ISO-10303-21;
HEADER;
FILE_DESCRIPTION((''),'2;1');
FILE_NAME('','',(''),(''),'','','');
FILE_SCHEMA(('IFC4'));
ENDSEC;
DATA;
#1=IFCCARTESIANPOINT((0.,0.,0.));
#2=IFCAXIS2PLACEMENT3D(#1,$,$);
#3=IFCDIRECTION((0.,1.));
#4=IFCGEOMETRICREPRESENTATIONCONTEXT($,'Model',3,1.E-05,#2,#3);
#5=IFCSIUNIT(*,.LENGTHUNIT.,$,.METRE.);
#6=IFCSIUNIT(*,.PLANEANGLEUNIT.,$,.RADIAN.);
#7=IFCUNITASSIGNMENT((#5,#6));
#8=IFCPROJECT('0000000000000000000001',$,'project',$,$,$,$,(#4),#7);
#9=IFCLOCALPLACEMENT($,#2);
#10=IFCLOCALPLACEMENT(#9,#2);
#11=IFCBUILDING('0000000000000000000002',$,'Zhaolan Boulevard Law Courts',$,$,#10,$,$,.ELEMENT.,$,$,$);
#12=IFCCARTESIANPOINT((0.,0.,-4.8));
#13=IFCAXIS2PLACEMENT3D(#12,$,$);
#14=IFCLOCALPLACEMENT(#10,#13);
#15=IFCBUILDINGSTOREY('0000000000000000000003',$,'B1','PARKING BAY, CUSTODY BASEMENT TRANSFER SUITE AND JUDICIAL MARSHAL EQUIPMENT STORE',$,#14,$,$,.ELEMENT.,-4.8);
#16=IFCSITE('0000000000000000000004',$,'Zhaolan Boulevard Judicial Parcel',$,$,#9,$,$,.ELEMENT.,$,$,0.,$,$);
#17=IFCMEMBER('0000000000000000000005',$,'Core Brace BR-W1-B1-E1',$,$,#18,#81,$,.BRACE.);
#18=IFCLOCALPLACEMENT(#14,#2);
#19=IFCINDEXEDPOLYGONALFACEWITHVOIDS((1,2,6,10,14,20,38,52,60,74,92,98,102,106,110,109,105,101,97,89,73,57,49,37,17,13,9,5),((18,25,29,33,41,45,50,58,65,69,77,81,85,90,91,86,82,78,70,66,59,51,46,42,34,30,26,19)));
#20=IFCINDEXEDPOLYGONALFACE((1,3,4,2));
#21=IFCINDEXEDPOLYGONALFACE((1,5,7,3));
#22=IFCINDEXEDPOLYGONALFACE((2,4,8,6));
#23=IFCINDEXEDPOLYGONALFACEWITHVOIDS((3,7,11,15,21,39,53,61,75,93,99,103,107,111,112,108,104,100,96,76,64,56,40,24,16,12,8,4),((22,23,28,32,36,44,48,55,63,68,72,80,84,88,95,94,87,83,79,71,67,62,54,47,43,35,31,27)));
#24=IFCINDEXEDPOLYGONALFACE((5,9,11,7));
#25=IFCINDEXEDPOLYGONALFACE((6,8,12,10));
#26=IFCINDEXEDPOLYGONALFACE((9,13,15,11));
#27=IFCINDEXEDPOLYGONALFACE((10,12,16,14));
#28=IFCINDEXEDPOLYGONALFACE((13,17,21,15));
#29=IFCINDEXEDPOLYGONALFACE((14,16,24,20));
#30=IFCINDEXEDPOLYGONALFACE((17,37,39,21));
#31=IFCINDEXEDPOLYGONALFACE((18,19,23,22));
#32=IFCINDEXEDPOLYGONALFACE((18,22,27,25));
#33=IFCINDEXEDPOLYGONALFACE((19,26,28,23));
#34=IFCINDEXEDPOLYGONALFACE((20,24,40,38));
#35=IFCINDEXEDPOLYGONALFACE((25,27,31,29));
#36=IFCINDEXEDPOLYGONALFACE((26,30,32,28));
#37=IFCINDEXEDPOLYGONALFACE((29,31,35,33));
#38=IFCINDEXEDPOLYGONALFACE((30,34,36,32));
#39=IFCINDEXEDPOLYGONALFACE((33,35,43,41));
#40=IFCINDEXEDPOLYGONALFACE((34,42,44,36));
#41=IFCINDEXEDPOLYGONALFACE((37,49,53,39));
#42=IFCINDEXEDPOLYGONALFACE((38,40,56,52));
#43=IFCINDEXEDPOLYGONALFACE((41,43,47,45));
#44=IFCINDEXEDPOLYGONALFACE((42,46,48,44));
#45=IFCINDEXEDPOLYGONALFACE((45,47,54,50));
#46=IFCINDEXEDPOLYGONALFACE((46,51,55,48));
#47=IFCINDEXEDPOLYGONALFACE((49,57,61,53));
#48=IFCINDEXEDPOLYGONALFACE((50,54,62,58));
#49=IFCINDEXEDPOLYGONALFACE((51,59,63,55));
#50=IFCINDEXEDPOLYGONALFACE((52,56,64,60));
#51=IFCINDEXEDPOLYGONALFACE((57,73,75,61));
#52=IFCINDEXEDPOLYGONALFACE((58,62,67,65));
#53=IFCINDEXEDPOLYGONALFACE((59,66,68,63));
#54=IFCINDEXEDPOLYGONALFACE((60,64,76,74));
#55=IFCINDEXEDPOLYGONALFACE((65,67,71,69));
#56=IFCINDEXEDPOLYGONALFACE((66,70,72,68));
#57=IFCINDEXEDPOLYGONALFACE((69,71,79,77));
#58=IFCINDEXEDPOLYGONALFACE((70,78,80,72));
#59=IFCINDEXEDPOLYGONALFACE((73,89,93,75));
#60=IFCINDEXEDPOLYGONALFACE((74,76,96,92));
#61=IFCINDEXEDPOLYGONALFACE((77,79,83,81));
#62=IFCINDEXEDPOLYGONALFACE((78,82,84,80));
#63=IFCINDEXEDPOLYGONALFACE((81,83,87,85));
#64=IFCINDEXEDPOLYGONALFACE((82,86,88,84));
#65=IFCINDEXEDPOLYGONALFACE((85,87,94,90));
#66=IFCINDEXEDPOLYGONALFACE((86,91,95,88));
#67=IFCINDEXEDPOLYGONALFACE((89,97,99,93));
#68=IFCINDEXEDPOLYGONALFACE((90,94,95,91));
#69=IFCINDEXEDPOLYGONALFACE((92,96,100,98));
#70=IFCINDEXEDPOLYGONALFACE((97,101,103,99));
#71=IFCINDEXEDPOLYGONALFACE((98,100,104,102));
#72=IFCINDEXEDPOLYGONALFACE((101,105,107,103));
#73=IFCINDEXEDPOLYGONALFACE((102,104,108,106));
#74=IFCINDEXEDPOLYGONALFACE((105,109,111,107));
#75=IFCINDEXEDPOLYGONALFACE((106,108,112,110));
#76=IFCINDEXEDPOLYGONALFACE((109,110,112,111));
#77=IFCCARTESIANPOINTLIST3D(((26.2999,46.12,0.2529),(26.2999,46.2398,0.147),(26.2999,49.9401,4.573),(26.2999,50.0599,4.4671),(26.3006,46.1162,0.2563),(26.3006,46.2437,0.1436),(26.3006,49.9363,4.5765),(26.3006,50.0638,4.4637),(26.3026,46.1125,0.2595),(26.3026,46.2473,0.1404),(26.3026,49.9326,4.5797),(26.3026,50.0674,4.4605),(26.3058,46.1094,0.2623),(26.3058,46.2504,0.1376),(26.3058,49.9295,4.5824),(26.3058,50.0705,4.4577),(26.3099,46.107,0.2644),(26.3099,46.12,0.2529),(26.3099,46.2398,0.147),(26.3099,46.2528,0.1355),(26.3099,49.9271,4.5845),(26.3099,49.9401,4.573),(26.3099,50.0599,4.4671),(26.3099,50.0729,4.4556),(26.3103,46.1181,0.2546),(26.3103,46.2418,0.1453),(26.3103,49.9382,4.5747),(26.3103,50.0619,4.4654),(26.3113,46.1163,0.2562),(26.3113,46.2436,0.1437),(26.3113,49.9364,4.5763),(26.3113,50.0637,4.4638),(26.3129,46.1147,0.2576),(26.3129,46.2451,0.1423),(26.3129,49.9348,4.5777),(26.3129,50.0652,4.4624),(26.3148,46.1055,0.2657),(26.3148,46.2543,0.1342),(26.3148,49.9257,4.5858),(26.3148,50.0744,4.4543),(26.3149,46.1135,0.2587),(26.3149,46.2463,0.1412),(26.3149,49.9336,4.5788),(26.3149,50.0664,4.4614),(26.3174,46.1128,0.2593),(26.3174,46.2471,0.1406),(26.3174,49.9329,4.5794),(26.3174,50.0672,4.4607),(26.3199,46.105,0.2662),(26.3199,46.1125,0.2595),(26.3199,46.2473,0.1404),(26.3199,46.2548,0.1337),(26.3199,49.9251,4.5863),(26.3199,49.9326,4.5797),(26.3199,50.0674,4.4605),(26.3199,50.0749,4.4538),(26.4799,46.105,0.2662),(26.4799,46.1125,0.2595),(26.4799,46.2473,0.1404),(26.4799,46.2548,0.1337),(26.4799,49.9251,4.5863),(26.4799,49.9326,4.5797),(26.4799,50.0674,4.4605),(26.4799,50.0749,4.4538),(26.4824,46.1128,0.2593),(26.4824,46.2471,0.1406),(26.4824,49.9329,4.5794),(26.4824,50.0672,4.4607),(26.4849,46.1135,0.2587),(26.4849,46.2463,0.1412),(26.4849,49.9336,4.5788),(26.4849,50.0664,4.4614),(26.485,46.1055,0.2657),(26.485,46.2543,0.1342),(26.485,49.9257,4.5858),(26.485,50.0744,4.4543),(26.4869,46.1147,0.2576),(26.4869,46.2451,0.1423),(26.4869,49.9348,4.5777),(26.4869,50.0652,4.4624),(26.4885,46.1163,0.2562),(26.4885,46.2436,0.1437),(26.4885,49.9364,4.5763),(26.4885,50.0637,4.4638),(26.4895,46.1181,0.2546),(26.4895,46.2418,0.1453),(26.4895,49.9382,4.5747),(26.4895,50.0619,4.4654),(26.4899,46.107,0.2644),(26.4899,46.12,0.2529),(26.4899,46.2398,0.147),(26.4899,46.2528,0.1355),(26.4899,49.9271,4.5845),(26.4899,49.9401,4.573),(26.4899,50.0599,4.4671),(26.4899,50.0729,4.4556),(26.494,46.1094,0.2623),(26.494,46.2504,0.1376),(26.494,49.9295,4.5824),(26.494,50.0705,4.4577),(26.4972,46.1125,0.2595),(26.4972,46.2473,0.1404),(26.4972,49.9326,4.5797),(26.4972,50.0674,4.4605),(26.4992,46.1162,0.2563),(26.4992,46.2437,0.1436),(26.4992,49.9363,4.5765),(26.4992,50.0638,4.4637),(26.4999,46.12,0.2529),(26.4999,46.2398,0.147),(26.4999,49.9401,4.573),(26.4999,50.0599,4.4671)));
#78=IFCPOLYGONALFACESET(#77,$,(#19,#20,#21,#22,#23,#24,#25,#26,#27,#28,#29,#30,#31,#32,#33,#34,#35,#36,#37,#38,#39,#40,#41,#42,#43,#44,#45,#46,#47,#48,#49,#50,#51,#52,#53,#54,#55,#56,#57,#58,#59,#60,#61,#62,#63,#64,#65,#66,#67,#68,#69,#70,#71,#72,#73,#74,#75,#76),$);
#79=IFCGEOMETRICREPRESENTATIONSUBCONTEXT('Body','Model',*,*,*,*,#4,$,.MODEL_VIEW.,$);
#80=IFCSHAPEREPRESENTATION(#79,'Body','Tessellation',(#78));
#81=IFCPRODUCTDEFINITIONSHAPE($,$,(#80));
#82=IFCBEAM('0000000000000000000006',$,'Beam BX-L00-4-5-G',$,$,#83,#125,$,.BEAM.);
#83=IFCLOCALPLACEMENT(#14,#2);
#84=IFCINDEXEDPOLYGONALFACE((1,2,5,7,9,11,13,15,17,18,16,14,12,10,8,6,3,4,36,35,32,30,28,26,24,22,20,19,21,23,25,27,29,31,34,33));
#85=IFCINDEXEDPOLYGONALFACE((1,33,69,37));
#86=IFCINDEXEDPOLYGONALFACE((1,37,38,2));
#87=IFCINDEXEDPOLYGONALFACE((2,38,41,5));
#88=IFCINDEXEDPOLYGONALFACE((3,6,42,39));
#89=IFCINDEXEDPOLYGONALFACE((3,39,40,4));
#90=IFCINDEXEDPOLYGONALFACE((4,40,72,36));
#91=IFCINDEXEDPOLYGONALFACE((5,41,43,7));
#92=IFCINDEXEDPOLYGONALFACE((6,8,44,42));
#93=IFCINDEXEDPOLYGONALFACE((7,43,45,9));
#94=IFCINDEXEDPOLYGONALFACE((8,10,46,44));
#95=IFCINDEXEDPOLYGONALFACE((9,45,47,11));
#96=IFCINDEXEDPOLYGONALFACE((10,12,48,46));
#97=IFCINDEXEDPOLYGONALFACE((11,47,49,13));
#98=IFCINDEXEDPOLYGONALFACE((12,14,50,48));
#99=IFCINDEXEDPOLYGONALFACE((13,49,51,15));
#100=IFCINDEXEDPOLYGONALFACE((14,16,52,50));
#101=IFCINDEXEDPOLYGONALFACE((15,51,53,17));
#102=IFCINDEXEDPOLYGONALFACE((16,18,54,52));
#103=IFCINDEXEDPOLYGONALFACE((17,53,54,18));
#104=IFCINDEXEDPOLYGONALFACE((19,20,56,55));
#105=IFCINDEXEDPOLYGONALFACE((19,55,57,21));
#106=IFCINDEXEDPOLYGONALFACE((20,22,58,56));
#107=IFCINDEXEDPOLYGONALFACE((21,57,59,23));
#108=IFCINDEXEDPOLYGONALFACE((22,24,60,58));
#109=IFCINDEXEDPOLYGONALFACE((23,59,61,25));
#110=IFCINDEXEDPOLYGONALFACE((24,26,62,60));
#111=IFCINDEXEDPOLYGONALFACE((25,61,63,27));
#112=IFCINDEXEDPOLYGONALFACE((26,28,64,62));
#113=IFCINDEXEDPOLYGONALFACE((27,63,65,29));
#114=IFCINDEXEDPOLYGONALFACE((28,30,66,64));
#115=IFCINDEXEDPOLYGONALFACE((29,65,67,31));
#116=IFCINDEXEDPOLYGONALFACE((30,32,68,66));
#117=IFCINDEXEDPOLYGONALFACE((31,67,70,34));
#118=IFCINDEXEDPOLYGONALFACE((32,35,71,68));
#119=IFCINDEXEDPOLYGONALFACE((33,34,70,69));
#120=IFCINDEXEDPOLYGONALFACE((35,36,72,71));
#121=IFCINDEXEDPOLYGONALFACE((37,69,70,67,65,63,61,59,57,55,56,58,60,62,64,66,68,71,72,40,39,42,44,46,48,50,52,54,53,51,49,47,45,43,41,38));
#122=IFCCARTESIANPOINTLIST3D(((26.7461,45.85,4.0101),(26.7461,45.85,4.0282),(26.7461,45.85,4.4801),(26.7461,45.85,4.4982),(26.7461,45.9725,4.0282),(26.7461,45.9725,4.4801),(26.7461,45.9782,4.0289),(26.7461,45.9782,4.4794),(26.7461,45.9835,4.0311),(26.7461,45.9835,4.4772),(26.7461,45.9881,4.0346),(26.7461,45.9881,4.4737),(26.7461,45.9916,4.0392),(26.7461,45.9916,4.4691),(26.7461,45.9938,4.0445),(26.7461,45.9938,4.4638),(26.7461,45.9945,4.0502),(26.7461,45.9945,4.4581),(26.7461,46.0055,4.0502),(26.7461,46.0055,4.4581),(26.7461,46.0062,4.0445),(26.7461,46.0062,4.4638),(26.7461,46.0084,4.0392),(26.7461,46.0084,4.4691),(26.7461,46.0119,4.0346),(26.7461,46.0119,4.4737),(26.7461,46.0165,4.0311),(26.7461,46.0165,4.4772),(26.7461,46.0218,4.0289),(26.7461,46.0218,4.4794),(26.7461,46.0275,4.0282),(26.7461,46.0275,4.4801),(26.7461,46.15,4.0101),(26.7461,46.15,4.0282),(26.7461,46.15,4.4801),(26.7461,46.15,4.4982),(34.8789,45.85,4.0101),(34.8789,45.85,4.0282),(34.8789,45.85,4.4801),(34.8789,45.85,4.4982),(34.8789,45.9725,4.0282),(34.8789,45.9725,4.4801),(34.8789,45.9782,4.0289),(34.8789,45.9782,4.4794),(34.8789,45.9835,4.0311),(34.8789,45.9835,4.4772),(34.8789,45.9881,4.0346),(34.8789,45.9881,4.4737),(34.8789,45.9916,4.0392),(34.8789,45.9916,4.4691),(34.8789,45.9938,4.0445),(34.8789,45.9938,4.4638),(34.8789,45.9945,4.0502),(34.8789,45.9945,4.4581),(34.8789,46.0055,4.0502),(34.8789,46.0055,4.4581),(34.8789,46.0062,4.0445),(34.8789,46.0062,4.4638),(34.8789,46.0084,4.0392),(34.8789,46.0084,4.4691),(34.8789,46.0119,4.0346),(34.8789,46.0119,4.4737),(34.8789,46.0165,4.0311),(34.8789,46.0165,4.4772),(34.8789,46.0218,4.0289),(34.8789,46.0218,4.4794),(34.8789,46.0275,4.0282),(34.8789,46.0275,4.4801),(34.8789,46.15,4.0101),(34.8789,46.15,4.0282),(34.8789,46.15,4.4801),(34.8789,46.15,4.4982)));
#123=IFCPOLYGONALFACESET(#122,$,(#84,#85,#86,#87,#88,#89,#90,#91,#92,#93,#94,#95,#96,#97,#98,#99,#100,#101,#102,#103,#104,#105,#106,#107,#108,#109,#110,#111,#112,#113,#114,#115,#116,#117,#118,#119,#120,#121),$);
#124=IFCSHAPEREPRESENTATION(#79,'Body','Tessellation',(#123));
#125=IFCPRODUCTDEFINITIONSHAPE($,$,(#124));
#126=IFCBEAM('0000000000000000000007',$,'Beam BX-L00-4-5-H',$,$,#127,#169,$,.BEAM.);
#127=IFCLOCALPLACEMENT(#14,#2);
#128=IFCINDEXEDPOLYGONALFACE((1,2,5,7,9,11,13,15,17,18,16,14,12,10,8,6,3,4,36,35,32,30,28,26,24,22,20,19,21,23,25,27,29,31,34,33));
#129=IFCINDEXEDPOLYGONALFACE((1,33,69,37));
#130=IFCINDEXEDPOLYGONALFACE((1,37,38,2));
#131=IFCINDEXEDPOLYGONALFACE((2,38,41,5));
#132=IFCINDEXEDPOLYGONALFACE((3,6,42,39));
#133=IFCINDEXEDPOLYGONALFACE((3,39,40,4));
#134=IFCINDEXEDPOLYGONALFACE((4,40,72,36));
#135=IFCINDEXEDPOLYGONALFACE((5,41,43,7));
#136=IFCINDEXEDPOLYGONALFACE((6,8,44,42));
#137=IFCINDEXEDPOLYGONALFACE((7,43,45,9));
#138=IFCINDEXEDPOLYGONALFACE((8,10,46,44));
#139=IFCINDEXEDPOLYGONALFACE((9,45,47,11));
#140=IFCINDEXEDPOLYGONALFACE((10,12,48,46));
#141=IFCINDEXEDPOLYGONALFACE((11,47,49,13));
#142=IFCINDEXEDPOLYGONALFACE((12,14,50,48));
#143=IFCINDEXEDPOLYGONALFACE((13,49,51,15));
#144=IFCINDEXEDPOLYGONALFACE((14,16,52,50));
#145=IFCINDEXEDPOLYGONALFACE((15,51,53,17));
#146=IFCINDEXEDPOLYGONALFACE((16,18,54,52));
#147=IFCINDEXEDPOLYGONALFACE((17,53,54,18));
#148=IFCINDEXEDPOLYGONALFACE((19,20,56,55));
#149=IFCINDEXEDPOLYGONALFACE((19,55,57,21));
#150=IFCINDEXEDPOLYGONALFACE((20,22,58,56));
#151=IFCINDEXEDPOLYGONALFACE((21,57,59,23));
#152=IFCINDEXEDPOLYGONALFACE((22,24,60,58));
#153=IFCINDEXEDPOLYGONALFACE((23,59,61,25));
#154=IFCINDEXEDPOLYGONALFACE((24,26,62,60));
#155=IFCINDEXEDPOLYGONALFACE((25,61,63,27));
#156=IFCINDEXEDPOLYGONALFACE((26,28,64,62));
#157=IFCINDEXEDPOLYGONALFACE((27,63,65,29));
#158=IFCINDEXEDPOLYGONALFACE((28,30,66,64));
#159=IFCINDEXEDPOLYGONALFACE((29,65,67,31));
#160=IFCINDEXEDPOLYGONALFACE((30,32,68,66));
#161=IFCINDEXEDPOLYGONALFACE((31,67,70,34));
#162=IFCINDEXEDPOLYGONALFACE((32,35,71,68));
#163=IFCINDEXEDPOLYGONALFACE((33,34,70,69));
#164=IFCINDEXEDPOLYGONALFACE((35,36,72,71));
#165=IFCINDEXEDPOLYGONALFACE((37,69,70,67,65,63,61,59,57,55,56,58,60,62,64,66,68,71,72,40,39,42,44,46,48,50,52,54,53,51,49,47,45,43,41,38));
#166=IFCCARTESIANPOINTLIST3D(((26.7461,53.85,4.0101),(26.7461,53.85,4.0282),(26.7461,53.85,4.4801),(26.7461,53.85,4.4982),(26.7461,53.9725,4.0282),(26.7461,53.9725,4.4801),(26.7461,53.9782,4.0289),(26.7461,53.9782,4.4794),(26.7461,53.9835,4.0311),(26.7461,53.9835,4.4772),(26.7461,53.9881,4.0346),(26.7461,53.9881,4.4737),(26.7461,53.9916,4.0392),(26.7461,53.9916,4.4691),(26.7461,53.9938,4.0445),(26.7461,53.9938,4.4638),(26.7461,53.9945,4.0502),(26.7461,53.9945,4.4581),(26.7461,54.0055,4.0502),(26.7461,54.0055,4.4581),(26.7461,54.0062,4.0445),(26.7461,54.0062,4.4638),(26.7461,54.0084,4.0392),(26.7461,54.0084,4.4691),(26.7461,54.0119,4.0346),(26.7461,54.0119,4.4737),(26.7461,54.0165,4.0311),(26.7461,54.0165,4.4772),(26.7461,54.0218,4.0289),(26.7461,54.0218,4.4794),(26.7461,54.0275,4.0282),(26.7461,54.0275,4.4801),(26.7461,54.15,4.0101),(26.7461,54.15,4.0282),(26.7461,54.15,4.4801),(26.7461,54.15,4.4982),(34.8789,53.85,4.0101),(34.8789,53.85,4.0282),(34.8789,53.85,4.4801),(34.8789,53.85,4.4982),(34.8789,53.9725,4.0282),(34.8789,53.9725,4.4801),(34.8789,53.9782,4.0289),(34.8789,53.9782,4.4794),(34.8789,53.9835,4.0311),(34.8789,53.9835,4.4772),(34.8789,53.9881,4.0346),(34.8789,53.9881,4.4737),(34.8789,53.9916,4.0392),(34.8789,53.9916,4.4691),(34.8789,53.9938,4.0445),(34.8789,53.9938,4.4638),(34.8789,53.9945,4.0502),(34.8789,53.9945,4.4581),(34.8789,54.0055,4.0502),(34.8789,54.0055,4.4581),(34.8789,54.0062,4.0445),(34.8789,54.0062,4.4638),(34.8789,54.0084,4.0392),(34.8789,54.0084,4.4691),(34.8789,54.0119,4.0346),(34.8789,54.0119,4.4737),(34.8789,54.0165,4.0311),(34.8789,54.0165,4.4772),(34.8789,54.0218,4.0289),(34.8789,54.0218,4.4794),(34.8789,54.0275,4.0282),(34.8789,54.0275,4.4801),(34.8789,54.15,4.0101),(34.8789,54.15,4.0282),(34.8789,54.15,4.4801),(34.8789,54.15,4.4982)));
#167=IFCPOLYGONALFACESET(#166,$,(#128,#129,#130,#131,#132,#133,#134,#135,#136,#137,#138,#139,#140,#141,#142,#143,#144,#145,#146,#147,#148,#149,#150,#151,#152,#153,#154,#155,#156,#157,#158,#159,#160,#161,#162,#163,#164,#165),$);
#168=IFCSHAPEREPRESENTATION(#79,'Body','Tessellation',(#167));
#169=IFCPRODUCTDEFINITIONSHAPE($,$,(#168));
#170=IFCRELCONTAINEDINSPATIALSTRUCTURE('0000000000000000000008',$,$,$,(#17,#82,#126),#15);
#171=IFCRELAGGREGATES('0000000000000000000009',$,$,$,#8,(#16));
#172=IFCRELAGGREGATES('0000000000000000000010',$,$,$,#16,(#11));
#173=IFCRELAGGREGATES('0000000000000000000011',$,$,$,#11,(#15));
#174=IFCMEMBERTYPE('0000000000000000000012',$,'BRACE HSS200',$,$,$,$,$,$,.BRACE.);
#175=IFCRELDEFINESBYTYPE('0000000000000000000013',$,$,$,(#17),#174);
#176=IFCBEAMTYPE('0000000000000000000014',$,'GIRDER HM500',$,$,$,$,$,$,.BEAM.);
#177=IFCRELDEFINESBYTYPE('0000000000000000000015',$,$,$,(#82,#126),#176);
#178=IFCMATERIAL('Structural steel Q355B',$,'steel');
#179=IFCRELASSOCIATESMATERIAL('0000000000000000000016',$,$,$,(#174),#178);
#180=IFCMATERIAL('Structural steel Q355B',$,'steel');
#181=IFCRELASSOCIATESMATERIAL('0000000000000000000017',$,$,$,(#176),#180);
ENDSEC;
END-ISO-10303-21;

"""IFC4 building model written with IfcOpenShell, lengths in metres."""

from ifc_helpers import new_model, si_unit, direction, frame, origin, origin_2d, place, context, subcontext, project, spatial, hollow_rectangle, i_section, extrude, material, material_profile, profile_set, type_object, element, save


model = new_model("IFC4")

# Units and contexts
model_context = context("Model", 3, precision=1e-05, world=origin(), true_north=direction((0.0, 1.0)))
body_context = subcontext(model_context, "Body", "Model", "MODEL_VIEW")
ifc_project = project(units=[si_unit("LENGTHUNIT", "METRE"), si_unit("PLANEANGLEUNIT", "RADIAN")], contexts=[model_context])

# Site, building, storey
site_placement = place(None, origin())
site = spatial("IfcSite", under=ifc_project, at=site_placement, Name="Zhaolan Boulevard Judicial Parcel", CompositionType="ELEMENT", RefElevation=0.0)
building_placement = place(site_placement, origin())
building = spatial("IfcBuilding", under=site, at=building_placement, Name="Zhaolan Boulevard Law Courts", CompositionType="ELEMENT")
storey_placement = place(building_placement, frame((0.0, 0.0, -4.8)))
storey = spatial("IfcBuildingStorey", under=building, at=storey_placement, Name="B1", Description="PARKING BAY, CUSTODY BASEMENT TRANSFER SUITE AND JUDICIAL MARSHAL EQUIPMENT STORE", CompositionType="ELEMENT", Elevation=-4.8)

# Member
ifc_material_1 = material(Name="Structural steel Q355B", Category="steel")
ifc_material_profile_1 = material_profile(ifc_material_1, hollow_rectangle(XDim=0.2, YDim=0.2, WallThickness=0.01, InnerFilletRadius=0.01, OuterFilletRadius=0.02, at=origin_2d()), Name="HSS200x200x10")
ifc_profile_set_1 = profile_set([ifc_material_profile_1], Name="Structural steel Q355B")
member_type_1 = type_object("IfcMemberType", Name="BRACE HSS200", PredefinedType="BRACE", material=ifc_profile_set_1)
member_1_placement = place(storey_placement, frame((26.3999, 46.1799, 0.2), z_axis=(0.0, 0.662425, 0.749128), x_axis=(-1.0, 0.0, 0.0)))
element("IfcMember", 1, at=member_1_placement, inside=storey, type_object=member_type_1, Name="Core Brace BR-W1-B1-E1", PredefinedType="BRACE", context=body_context, shape_type="SweptSolid", body=[
    extrude(hollow_rectangle(XDim=0.2, YDim=0.2, WallThickness=0.01, InnerFilletRadius=0.01, OuterFilletRadius=0.02, at=origin_2d()), origin(), (0.0, 0.0, 1.0), 5.7668),
])

# Beams
ifc_material_2 = material(Name="Structural steel Q355B", Category="steel")
ifc_material_profile_2 = material_profile(ifc_material_2, i_section(OverallWidth=0.3, OverallDepth=0.488, WebThickness=0.011, FlangeThickness=0.0181, FilletRadius=0.022, at=origin_2d()), Name="HM488x300")
ifc_profile_set_2 = profile_set([ifc_material_profile_2], Name="Structural steel Q355B")
beam_type_1 = type_object("IfcBeamType", Name="GIRDER HM500", PredefinedType="BEAM", material=ifc_profile_set_2)
for number, where, z_axis, x_axis, name in (
    (2, (26.7461, 46.0, 4.2542), (1.0, 0.0, 0.0), (0.0, 1.0, 0.0), "Beam BX-L00-4-5-G"),
    (3, (26.7461, 54.0, 4.2542), (1.0, 0.0, 0.0), (0.0, 1.0, 0.0), "Beam BX-L00-4-5-H"),
):
    element("IfcBeam", number, at=place(storey_placement, frame(where, z_axis=z_axis, x_axis=x_axis)), inside=storey, type_object=beam_type_1, Name=name, PredefinedType="BEAM", context=body_context, shape_type="SweptSolid", body=[
        extrude(i_section(OverallWidth=0.3, OverallDepth=0.488, WebThickness=0.011, FlangeThickness=0.0181, FilletRadius=0.022, at=origin_2d()), origin(), (0.0, 0.0, 1.0), 8.1328),
    ])

save(model, "model.ifc")
